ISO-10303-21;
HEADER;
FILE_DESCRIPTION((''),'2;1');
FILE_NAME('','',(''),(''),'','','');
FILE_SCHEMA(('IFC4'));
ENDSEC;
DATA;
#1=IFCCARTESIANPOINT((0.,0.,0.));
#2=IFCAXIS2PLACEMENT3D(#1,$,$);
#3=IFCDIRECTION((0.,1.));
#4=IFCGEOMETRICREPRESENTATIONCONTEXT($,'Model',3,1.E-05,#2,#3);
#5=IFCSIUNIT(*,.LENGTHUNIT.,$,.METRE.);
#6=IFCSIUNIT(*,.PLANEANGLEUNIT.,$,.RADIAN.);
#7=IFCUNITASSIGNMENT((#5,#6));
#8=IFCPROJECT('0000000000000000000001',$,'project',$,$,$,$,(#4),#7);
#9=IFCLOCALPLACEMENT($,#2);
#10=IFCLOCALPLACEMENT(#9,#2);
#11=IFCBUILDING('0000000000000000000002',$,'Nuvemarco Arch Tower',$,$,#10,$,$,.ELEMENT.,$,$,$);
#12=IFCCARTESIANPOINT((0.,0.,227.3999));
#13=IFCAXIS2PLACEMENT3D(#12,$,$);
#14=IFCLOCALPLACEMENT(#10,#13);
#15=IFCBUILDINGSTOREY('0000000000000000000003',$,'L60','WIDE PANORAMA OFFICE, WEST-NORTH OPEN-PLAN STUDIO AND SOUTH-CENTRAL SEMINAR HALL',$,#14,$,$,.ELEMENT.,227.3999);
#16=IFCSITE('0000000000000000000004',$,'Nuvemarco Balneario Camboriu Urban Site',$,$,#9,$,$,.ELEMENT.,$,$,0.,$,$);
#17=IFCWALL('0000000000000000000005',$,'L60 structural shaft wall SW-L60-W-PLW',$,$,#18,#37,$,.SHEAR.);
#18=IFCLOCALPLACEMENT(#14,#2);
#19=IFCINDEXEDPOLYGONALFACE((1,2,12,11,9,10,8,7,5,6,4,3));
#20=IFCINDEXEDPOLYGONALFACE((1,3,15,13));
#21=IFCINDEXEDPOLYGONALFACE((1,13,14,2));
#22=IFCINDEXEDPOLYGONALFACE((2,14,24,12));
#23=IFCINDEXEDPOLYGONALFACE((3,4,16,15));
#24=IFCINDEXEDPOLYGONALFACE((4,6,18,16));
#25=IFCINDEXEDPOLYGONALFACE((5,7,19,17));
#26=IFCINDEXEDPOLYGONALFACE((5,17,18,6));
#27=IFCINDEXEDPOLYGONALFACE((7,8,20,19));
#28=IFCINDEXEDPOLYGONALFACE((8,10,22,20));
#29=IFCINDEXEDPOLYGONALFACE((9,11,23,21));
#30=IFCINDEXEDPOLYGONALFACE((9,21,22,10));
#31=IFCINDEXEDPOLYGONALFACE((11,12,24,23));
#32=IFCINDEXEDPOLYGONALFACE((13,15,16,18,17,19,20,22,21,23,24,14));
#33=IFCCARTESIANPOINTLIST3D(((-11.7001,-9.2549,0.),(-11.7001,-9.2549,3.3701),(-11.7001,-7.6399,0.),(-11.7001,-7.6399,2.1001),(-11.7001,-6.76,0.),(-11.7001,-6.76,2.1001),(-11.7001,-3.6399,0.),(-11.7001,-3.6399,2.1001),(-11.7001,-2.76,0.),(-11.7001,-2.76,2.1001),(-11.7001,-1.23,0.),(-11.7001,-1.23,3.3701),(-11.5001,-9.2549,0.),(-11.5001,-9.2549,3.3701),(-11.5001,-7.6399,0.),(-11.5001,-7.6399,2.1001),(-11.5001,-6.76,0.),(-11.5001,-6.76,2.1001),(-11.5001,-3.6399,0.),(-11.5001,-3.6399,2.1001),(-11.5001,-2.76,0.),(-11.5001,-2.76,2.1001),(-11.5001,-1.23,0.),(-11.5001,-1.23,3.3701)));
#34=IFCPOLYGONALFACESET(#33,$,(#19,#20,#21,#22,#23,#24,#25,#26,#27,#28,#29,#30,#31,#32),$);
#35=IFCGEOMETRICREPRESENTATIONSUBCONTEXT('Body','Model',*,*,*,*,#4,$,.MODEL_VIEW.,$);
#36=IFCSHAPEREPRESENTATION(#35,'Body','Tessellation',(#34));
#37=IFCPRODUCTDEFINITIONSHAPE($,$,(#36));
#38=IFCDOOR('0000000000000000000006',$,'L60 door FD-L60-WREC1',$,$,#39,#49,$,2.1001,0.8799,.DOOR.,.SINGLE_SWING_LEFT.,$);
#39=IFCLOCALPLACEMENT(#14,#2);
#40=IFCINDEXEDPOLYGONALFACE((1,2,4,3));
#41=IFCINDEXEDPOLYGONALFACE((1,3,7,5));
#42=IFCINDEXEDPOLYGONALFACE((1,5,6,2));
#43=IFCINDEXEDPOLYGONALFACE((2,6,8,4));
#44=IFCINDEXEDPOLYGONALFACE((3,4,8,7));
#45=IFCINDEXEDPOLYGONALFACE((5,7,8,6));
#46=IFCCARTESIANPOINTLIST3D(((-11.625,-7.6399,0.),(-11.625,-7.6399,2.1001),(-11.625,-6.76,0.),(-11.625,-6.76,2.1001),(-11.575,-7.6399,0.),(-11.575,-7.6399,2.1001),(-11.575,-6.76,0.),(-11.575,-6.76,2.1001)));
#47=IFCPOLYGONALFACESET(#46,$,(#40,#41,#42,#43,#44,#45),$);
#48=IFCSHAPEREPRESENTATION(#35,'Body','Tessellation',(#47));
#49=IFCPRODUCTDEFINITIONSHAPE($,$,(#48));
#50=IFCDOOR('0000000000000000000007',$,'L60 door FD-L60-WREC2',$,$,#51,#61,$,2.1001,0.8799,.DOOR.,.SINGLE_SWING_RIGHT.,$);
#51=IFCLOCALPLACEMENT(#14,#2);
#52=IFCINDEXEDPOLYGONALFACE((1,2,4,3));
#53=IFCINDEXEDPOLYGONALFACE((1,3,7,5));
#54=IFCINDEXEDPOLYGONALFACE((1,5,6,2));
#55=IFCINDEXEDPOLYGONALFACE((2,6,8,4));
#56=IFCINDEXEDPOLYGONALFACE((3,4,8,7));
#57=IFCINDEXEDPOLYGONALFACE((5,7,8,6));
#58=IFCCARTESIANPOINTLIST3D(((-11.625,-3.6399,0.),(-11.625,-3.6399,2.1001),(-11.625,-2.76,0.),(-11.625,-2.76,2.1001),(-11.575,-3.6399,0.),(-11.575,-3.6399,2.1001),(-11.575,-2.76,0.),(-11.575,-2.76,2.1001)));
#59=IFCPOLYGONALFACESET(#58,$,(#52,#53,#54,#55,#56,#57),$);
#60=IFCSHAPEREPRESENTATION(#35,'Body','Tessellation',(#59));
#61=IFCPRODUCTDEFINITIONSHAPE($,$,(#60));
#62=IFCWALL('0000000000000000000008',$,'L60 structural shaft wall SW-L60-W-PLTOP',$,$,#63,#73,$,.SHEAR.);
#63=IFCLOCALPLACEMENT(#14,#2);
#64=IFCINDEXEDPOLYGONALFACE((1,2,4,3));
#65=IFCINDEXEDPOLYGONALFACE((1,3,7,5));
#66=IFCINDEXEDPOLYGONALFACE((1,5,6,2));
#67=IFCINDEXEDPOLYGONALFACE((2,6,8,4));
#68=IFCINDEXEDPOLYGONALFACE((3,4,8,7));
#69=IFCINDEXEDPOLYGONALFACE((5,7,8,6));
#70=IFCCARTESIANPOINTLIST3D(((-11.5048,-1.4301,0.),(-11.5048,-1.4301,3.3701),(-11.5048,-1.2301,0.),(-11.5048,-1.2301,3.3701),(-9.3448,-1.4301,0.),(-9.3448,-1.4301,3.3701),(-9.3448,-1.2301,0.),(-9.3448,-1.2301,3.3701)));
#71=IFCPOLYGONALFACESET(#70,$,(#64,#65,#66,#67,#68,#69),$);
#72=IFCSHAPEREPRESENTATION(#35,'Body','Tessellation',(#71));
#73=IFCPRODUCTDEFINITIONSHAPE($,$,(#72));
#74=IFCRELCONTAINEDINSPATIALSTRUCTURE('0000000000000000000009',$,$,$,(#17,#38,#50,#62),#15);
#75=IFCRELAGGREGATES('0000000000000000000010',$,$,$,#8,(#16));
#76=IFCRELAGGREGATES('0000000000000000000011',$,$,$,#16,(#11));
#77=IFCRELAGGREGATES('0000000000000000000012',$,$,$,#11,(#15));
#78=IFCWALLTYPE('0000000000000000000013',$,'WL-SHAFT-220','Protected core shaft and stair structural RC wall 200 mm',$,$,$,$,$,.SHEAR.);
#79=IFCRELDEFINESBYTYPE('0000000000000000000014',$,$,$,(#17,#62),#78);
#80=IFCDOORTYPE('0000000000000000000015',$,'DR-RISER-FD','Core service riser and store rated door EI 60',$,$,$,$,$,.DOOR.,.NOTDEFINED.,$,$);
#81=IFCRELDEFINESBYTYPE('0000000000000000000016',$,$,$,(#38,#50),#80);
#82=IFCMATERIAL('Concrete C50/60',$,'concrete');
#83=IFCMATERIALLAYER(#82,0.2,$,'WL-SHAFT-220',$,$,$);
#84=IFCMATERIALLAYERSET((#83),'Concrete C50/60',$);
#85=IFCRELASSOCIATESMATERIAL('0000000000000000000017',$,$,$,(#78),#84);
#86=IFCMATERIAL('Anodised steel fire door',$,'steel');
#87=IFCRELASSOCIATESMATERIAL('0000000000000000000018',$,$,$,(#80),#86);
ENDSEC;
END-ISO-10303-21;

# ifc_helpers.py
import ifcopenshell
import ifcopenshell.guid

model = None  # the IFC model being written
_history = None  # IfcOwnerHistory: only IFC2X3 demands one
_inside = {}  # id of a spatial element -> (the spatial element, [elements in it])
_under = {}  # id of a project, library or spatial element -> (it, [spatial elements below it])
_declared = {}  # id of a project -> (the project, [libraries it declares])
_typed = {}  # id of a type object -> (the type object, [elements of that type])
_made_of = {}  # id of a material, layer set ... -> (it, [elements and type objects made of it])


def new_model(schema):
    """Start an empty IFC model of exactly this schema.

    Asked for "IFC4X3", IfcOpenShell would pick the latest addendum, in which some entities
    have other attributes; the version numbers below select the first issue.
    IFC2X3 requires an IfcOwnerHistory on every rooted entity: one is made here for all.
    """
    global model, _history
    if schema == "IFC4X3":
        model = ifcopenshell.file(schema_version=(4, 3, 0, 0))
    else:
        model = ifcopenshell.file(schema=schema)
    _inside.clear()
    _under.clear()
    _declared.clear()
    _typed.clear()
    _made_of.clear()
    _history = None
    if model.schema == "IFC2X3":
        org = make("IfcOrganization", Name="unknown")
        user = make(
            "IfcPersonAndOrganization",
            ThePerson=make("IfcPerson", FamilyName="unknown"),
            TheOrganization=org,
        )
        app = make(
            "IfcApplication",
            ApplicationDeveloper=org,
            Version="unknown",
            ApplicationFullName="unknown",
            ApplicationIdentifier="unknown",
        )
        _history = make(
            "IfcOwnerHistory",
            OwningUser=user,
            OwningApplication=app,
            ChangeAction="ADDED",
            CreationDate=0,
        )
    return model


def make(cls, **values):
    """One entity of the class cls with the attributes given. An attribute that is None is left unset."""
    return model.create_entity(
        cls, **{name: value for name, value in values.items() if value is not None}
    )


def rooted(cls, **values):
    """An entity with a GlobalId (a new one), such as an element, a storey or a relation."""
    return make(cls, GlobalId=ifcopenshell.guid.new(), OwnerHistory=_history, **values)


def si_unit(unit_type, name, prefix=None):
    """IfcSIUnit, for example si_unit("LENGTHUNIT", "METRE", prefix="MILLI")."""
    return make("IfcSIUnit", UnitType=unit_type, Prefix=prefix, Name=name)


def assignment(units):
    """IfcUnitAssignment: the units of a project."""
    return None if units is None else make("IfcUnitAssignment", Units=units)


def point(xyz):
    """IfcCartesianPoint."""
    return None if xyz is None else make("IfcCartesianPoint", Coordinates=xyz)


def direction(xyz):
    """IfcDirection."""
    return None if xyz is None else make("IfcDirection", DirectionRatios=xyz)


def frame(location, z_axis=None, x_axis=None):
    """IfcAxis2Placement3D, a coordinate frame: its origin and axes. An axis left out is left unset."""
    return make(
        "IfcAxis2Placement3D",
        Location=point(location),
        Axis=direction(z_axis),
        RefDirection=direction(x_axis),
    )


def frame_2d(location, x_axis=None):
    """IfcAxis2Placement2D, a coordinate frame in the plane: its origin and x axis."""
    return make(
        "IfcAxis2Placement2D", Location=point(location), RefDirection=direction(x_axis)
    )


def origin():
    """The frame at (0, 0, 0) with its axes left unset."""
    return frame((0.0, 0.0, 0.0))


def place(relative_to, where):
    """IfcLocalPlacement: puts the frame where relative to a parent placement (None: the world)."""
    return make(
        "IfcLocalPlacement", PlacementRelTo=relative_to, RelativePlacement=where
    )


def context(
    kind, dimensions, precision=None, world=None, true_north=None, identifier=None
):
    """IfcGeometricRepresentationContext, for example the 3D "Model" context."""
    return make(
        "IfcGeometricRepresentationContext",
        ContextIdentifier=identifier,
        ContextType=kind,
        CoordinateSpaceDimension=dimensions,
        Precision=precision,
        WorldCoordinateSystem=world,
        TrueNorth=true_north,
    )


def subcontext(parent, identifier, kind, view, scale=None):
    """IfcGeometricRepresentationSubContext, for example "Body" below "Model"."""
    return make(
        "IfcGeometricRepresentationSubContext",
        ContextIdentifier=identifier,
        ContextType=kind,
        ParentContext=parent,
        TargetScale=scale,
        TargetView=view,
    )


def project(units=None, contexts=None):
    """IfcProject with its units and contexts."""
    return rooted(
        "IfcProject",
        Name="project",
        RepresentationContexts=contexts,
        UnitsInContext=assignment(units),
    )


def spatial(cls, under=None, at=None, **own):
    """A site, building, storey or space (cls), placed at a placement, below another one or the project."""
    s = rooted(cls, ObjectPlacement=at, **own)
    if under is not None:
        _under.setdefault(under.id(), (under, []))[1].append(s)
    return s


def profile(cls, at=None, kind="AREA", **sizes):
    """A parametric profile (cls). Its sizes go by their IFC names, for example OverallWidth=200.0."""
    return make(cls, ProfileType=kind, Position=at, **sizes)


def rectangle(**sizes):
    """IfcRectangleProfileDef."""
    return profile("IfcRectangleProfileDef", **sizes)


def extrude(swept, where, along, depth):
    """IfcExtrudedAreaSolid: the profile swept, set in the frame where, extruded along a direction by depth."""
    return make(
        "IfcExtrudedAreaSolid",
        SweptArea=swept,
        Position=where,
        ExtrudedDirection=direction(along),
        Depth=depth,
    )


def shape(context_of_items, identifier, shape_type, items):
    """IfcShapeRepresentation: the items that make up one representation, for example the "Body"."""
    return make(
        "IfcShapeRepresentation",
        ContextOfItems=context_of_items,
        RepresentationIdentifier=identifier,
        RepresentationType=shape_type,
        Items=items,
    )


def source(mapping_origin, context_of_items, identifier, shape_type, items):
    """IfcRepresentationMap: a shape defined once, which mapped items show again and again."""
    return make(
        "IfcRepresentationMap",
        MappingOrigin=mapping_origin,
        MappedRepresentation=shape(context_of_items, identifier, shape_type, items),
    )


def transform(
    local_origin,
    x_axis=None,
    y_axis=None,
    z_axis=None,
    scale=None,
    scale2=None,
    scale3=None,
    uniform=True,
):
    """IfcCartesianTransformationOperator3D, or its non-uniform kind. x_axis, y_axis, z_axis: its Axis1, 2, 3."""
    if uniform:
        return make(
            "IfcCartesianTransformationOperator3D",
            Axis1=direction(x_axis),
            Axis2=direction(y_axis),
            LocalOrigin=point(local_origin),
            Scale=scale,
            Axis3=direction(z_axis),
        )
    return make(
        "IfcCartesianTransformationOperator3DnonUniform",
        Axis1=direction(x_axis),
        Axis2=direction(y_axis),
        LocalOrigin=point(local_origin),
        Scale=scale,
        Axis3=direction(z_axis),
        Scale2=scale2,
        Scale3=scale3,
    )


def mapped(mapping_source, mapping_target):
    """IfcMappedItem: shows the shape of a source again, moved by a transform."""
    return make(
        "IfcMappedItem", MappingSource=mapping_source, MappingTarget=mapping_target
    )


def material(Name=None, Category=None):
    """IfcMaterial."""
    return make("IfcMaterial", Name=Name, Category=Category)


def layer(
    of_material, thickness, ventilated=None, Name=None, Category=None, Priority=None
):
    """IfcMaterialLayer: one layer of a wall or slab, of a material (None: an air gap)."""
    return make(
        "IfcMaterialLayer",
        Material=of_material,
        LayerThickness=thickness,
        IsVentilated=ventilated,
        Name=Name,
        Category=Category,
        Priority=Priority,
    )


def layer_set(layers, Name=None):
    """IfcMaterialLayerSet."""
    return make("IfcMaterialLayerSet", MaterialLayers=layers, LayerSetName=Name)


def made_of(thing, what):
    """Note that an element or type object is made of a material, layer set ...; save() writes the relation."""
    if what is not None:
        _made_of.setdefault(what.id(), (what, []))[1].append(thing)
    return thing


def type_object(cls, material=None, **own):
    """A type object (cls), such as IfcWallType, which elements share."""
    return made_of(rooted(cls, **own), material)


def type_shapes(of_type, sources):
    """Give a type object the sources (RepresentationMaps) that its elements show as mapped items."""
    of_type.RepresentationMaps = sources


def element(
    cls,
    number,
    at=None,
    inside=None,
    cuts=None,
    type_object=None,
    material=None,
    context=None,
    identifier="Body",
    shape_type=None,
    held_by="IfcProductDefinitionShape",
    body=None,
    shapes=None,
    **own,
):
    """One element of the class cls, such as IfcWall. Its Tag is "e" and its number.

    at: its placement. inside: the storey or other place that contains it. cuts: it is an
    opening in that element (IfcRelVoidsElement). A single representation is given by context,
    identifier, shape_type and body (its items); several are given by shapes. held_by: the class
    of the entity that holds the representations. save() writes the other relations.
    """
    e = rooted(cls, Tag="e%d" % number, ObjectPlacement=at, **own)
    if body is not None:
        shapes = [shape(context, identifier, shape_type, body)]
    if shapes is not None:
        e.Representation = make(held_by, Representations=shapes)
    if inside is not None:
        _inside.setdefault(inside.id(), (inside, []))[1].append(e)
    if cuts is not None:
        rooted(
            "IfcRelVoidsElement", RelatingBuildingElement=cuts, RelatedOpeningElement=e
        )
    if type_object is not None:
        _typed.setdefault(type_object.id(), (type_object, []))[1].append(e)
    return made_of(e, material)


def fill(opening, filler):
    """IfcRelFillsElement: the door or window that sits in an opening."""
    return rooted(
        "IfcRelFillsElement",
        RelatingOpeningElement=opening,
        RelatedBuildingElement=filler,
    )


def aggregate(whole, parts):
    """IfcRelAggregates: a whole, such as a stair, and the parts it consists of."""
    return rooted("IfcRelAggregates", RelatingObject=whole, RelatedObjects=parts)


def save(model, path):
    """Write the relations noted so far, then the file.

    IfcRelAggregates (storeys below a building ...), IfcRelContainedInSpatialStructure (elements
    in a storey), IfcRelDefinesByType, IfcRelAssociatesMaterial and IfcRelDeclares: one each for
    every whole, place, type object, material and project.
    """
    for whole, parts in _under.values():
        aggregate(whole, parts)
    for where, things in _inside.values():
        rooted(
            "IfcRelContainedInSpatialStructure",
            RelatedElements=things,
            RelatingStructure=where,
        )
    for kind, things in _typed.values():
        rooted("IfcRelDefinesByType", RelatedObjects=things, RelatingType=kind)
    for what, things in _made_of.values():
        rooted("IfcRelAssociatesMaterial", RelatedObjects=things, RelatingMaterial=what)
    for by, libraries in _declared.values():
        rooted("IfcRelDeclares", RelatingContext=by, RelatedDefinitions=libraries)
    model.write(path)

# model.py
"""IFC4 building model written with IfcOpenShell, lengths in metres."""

from ifc_helpers import new_model, si_unit, direction, frame, frame_2d, origin, place, context, subcontext, project, spatial, rectangle, extrude, source, transform, mapped, material, layer, layer_set, type_object, type_shapes, element, fill, save


model = new_model("IFC4")

# Units and contexts
model_context = context("Model", 3, precision=1e-05, world=origin(), true_north=direction((0.0, 1.0)))
body_context = subcontext(model_context, "Body", "Model", "MODEL_VIEW")
ifc_project = project(units=[si_unit("LENGTHUNIT", "METRE"), si_unit("PLANEANGLEUNIT", "RADIAN")], contexts=[model_context])

# Site, building, storey
site_placement = place(None, origin())
site = spatial("IfcSite", under=ifc_project, at=site_placement, Name="Nuvemarco Balneario Camboriu Urban Site", CompositionType="ELEMENT", RefElevation=0.0)
building_placement = place(site_placement, origin())
building = spatial("IfcBuilding", under=site, at=building_placement, Name="Nuvemarco Arch Tower", CompositionType="ELEMENT")
storey_placement = place(building_placement, frame((0.0, 0.0, 227.3999)))
storey = spatial("IfcBuildingStorey", under=building, at=storey_placement, Name="L60", Description="WIDE PANORAMA OFFICE, WEST-NORTH OPEN-PLAN STUDIO AND SOUTH-CENTRAL SEMINAR HALL", CompositionType="ELEMENT", Elevation=227.3999)

# Shared definitions
ifc_material_1 = material(Name="Concrete C50/60", Category="concrete")

# Shared definitions
ifc_material_2 = material(Name="Anodised steel fire door", Category="steel")

# Shared definitions
ifc_layer_1 = layer(ifc_material_1, 0.2, Name="WL-SHAFT-220")
ifc_layer_set_1 = layer_set([ifc_layer_1], Name="Concrete C50/60")
wall_type_1 = type_object("IfcWallType", Name="WL-SHAFT-220", Description="Protected core shaft and stair structural RC wall 200 mm", PredefinedType="SHEAR", material=ifc_layer_set_1)

# Shared definitions
door_type_1 = type_object("IfcDoorType", Name="DR-RISER-FD", Description="Core service riser and store rated door EI 60", OperationType="NOTDEFINED", PredefinedType="DOOR", material=ifc_material_2)
shared_shape_1 = source(origin(), body_context, "Body", "SweptSolid", [
    extrude(rectangle(XDim=0.8799, YDim=2.1001, at=frame_2d((0.4399, 1.05))), frame((0.0, 0.0249, 0.0), z_axis=(0.0, -1.0, 0.0), x_axis=(1.0, 0.0, 0.0)), (0.0, 0.0, 1.0), 0.05),
])
type_shapes(door_type_1, [shared_shape_1])

# Wall, openings, doors
wall_1_placement = place(storey_placement, frame((-11.6001, -9.2549, 0.0), z_axis=(0.0, 0.0, 1.0), x_axis=(0.0, 1.0, 0.0)))
wall_1 = element("IfcWall", 1, at=wall_1_placement, inside=storey, type_object=wall_type_1, Name="L60 structural shaft wall SW-L60-W-PLW", PredefinedType="SHEAR", context=body_context, shape_type="SweptSolid", body=[
    extrude(rectangle(XDim=8.0249, YDim=0.2, at=frame_2d((4.0125, 0.0))), origin(), (0.0, 0.0, 1.0), 3.3701),
])
opening_1_placement = place(wall_1_placement, frame((1.615, 0.0, 0.0)))
opening_1 = element("IfcOpeningElement", 2, at=opening_1_placement, cuts=wall_1, PredefinedType="OPENING", context=body_context, shape_type="SweptSolid", body=[
    extrude(rectangle(XDim=0.8799, YDim=2.1001, at=frame_2d((0.4399, 1.05))), frame((0.0, 0.1099, 0.0), z_axis=(0.0, -1.0, 0.0), x_axis=(1.0, 0.0, 0.0)), (0.0, 0.0, 1.0), 0.22),
])
opening_2_placement = place(wall_1_placement, frame((5.615, 0.0, 0.0)))
opening_2 = element("IfcOpeningElement", 3, at=opening_2_placement, cuts=wall_1, PredefinedType="OPENING", context=body_context, shape_type="SweptSolid", body=[
    extrude(rectangle(XDim=0.8799, YDim=2.1001, at=frame_2d((0.4399, 1.05))), frame((0.0, 0.1099, 0.0), z_axis=(0.0, -1.0, 0.0), x_axis=(1.0, 0.0, 0.0)), (0.0, 0.0, 1.0), 0.22),
])
door_1_placement = place(opening_1_placement, origin())
door_1 = element("IfcDoor", 4, at=door_1_placement, inside=storey, type_object=door_type_1, Name="L60 door FD-L60-WREC1", OperationType="SINGLE_SWING_LEFT", OverallHeight=2.1001, OverallWidth=0.8799, PredefinedType="DOOR", context=body_context, shape_type="MappedRepresentation", body=[
    mapped(shared_shape_1, transform((0.0, 0.0, 0.0), scale=1.0)),
])
fill(opening_1, door_1)
door_2_placement = place(opening_2_placement, origin())
door_2 = element("IfcDoor", 5, at=door_2_placement, inside=storey, type_object=door_type_1, Name="L60 door FD-L60-WREC2", OperationType="SINGLE_SWING_RIGHT", OverallHeight=2.1001, OverallWidth=0.8799, PredefinedType="DOOR", context=body_context, shape_type="MappedRepresentation", body=[
    mapped(shared_shape_1, transform((0.0, 0.0, 0.0), scale=1.0)),
])
fill(opening_2, door_2)

# Wall
wall_2_placement = place(storey_placement, frame((-11.5049, -1.3301, 0.0), z_axis=(0.0, 0.0, 1.0), x_axis=(1.0, 0.0, 0.0)))
element("IfcWall", 6, at=wall_2_placement, inside=storey, type_object=wall_type_1, Name="L60 structural shaft wall SW-L60-W-PLTOP", PredefinedType="SHEAR", context=body_context, shape_type="SweptSolid", body=[
    extrude(rectangle(XDim=2.1599, YDim=0.2, at=frame_2d((1.0801, 0.0))), origin(), (0.0, 0.0, 1.0), 3.3701),
])

save(model, "model.ifc")
